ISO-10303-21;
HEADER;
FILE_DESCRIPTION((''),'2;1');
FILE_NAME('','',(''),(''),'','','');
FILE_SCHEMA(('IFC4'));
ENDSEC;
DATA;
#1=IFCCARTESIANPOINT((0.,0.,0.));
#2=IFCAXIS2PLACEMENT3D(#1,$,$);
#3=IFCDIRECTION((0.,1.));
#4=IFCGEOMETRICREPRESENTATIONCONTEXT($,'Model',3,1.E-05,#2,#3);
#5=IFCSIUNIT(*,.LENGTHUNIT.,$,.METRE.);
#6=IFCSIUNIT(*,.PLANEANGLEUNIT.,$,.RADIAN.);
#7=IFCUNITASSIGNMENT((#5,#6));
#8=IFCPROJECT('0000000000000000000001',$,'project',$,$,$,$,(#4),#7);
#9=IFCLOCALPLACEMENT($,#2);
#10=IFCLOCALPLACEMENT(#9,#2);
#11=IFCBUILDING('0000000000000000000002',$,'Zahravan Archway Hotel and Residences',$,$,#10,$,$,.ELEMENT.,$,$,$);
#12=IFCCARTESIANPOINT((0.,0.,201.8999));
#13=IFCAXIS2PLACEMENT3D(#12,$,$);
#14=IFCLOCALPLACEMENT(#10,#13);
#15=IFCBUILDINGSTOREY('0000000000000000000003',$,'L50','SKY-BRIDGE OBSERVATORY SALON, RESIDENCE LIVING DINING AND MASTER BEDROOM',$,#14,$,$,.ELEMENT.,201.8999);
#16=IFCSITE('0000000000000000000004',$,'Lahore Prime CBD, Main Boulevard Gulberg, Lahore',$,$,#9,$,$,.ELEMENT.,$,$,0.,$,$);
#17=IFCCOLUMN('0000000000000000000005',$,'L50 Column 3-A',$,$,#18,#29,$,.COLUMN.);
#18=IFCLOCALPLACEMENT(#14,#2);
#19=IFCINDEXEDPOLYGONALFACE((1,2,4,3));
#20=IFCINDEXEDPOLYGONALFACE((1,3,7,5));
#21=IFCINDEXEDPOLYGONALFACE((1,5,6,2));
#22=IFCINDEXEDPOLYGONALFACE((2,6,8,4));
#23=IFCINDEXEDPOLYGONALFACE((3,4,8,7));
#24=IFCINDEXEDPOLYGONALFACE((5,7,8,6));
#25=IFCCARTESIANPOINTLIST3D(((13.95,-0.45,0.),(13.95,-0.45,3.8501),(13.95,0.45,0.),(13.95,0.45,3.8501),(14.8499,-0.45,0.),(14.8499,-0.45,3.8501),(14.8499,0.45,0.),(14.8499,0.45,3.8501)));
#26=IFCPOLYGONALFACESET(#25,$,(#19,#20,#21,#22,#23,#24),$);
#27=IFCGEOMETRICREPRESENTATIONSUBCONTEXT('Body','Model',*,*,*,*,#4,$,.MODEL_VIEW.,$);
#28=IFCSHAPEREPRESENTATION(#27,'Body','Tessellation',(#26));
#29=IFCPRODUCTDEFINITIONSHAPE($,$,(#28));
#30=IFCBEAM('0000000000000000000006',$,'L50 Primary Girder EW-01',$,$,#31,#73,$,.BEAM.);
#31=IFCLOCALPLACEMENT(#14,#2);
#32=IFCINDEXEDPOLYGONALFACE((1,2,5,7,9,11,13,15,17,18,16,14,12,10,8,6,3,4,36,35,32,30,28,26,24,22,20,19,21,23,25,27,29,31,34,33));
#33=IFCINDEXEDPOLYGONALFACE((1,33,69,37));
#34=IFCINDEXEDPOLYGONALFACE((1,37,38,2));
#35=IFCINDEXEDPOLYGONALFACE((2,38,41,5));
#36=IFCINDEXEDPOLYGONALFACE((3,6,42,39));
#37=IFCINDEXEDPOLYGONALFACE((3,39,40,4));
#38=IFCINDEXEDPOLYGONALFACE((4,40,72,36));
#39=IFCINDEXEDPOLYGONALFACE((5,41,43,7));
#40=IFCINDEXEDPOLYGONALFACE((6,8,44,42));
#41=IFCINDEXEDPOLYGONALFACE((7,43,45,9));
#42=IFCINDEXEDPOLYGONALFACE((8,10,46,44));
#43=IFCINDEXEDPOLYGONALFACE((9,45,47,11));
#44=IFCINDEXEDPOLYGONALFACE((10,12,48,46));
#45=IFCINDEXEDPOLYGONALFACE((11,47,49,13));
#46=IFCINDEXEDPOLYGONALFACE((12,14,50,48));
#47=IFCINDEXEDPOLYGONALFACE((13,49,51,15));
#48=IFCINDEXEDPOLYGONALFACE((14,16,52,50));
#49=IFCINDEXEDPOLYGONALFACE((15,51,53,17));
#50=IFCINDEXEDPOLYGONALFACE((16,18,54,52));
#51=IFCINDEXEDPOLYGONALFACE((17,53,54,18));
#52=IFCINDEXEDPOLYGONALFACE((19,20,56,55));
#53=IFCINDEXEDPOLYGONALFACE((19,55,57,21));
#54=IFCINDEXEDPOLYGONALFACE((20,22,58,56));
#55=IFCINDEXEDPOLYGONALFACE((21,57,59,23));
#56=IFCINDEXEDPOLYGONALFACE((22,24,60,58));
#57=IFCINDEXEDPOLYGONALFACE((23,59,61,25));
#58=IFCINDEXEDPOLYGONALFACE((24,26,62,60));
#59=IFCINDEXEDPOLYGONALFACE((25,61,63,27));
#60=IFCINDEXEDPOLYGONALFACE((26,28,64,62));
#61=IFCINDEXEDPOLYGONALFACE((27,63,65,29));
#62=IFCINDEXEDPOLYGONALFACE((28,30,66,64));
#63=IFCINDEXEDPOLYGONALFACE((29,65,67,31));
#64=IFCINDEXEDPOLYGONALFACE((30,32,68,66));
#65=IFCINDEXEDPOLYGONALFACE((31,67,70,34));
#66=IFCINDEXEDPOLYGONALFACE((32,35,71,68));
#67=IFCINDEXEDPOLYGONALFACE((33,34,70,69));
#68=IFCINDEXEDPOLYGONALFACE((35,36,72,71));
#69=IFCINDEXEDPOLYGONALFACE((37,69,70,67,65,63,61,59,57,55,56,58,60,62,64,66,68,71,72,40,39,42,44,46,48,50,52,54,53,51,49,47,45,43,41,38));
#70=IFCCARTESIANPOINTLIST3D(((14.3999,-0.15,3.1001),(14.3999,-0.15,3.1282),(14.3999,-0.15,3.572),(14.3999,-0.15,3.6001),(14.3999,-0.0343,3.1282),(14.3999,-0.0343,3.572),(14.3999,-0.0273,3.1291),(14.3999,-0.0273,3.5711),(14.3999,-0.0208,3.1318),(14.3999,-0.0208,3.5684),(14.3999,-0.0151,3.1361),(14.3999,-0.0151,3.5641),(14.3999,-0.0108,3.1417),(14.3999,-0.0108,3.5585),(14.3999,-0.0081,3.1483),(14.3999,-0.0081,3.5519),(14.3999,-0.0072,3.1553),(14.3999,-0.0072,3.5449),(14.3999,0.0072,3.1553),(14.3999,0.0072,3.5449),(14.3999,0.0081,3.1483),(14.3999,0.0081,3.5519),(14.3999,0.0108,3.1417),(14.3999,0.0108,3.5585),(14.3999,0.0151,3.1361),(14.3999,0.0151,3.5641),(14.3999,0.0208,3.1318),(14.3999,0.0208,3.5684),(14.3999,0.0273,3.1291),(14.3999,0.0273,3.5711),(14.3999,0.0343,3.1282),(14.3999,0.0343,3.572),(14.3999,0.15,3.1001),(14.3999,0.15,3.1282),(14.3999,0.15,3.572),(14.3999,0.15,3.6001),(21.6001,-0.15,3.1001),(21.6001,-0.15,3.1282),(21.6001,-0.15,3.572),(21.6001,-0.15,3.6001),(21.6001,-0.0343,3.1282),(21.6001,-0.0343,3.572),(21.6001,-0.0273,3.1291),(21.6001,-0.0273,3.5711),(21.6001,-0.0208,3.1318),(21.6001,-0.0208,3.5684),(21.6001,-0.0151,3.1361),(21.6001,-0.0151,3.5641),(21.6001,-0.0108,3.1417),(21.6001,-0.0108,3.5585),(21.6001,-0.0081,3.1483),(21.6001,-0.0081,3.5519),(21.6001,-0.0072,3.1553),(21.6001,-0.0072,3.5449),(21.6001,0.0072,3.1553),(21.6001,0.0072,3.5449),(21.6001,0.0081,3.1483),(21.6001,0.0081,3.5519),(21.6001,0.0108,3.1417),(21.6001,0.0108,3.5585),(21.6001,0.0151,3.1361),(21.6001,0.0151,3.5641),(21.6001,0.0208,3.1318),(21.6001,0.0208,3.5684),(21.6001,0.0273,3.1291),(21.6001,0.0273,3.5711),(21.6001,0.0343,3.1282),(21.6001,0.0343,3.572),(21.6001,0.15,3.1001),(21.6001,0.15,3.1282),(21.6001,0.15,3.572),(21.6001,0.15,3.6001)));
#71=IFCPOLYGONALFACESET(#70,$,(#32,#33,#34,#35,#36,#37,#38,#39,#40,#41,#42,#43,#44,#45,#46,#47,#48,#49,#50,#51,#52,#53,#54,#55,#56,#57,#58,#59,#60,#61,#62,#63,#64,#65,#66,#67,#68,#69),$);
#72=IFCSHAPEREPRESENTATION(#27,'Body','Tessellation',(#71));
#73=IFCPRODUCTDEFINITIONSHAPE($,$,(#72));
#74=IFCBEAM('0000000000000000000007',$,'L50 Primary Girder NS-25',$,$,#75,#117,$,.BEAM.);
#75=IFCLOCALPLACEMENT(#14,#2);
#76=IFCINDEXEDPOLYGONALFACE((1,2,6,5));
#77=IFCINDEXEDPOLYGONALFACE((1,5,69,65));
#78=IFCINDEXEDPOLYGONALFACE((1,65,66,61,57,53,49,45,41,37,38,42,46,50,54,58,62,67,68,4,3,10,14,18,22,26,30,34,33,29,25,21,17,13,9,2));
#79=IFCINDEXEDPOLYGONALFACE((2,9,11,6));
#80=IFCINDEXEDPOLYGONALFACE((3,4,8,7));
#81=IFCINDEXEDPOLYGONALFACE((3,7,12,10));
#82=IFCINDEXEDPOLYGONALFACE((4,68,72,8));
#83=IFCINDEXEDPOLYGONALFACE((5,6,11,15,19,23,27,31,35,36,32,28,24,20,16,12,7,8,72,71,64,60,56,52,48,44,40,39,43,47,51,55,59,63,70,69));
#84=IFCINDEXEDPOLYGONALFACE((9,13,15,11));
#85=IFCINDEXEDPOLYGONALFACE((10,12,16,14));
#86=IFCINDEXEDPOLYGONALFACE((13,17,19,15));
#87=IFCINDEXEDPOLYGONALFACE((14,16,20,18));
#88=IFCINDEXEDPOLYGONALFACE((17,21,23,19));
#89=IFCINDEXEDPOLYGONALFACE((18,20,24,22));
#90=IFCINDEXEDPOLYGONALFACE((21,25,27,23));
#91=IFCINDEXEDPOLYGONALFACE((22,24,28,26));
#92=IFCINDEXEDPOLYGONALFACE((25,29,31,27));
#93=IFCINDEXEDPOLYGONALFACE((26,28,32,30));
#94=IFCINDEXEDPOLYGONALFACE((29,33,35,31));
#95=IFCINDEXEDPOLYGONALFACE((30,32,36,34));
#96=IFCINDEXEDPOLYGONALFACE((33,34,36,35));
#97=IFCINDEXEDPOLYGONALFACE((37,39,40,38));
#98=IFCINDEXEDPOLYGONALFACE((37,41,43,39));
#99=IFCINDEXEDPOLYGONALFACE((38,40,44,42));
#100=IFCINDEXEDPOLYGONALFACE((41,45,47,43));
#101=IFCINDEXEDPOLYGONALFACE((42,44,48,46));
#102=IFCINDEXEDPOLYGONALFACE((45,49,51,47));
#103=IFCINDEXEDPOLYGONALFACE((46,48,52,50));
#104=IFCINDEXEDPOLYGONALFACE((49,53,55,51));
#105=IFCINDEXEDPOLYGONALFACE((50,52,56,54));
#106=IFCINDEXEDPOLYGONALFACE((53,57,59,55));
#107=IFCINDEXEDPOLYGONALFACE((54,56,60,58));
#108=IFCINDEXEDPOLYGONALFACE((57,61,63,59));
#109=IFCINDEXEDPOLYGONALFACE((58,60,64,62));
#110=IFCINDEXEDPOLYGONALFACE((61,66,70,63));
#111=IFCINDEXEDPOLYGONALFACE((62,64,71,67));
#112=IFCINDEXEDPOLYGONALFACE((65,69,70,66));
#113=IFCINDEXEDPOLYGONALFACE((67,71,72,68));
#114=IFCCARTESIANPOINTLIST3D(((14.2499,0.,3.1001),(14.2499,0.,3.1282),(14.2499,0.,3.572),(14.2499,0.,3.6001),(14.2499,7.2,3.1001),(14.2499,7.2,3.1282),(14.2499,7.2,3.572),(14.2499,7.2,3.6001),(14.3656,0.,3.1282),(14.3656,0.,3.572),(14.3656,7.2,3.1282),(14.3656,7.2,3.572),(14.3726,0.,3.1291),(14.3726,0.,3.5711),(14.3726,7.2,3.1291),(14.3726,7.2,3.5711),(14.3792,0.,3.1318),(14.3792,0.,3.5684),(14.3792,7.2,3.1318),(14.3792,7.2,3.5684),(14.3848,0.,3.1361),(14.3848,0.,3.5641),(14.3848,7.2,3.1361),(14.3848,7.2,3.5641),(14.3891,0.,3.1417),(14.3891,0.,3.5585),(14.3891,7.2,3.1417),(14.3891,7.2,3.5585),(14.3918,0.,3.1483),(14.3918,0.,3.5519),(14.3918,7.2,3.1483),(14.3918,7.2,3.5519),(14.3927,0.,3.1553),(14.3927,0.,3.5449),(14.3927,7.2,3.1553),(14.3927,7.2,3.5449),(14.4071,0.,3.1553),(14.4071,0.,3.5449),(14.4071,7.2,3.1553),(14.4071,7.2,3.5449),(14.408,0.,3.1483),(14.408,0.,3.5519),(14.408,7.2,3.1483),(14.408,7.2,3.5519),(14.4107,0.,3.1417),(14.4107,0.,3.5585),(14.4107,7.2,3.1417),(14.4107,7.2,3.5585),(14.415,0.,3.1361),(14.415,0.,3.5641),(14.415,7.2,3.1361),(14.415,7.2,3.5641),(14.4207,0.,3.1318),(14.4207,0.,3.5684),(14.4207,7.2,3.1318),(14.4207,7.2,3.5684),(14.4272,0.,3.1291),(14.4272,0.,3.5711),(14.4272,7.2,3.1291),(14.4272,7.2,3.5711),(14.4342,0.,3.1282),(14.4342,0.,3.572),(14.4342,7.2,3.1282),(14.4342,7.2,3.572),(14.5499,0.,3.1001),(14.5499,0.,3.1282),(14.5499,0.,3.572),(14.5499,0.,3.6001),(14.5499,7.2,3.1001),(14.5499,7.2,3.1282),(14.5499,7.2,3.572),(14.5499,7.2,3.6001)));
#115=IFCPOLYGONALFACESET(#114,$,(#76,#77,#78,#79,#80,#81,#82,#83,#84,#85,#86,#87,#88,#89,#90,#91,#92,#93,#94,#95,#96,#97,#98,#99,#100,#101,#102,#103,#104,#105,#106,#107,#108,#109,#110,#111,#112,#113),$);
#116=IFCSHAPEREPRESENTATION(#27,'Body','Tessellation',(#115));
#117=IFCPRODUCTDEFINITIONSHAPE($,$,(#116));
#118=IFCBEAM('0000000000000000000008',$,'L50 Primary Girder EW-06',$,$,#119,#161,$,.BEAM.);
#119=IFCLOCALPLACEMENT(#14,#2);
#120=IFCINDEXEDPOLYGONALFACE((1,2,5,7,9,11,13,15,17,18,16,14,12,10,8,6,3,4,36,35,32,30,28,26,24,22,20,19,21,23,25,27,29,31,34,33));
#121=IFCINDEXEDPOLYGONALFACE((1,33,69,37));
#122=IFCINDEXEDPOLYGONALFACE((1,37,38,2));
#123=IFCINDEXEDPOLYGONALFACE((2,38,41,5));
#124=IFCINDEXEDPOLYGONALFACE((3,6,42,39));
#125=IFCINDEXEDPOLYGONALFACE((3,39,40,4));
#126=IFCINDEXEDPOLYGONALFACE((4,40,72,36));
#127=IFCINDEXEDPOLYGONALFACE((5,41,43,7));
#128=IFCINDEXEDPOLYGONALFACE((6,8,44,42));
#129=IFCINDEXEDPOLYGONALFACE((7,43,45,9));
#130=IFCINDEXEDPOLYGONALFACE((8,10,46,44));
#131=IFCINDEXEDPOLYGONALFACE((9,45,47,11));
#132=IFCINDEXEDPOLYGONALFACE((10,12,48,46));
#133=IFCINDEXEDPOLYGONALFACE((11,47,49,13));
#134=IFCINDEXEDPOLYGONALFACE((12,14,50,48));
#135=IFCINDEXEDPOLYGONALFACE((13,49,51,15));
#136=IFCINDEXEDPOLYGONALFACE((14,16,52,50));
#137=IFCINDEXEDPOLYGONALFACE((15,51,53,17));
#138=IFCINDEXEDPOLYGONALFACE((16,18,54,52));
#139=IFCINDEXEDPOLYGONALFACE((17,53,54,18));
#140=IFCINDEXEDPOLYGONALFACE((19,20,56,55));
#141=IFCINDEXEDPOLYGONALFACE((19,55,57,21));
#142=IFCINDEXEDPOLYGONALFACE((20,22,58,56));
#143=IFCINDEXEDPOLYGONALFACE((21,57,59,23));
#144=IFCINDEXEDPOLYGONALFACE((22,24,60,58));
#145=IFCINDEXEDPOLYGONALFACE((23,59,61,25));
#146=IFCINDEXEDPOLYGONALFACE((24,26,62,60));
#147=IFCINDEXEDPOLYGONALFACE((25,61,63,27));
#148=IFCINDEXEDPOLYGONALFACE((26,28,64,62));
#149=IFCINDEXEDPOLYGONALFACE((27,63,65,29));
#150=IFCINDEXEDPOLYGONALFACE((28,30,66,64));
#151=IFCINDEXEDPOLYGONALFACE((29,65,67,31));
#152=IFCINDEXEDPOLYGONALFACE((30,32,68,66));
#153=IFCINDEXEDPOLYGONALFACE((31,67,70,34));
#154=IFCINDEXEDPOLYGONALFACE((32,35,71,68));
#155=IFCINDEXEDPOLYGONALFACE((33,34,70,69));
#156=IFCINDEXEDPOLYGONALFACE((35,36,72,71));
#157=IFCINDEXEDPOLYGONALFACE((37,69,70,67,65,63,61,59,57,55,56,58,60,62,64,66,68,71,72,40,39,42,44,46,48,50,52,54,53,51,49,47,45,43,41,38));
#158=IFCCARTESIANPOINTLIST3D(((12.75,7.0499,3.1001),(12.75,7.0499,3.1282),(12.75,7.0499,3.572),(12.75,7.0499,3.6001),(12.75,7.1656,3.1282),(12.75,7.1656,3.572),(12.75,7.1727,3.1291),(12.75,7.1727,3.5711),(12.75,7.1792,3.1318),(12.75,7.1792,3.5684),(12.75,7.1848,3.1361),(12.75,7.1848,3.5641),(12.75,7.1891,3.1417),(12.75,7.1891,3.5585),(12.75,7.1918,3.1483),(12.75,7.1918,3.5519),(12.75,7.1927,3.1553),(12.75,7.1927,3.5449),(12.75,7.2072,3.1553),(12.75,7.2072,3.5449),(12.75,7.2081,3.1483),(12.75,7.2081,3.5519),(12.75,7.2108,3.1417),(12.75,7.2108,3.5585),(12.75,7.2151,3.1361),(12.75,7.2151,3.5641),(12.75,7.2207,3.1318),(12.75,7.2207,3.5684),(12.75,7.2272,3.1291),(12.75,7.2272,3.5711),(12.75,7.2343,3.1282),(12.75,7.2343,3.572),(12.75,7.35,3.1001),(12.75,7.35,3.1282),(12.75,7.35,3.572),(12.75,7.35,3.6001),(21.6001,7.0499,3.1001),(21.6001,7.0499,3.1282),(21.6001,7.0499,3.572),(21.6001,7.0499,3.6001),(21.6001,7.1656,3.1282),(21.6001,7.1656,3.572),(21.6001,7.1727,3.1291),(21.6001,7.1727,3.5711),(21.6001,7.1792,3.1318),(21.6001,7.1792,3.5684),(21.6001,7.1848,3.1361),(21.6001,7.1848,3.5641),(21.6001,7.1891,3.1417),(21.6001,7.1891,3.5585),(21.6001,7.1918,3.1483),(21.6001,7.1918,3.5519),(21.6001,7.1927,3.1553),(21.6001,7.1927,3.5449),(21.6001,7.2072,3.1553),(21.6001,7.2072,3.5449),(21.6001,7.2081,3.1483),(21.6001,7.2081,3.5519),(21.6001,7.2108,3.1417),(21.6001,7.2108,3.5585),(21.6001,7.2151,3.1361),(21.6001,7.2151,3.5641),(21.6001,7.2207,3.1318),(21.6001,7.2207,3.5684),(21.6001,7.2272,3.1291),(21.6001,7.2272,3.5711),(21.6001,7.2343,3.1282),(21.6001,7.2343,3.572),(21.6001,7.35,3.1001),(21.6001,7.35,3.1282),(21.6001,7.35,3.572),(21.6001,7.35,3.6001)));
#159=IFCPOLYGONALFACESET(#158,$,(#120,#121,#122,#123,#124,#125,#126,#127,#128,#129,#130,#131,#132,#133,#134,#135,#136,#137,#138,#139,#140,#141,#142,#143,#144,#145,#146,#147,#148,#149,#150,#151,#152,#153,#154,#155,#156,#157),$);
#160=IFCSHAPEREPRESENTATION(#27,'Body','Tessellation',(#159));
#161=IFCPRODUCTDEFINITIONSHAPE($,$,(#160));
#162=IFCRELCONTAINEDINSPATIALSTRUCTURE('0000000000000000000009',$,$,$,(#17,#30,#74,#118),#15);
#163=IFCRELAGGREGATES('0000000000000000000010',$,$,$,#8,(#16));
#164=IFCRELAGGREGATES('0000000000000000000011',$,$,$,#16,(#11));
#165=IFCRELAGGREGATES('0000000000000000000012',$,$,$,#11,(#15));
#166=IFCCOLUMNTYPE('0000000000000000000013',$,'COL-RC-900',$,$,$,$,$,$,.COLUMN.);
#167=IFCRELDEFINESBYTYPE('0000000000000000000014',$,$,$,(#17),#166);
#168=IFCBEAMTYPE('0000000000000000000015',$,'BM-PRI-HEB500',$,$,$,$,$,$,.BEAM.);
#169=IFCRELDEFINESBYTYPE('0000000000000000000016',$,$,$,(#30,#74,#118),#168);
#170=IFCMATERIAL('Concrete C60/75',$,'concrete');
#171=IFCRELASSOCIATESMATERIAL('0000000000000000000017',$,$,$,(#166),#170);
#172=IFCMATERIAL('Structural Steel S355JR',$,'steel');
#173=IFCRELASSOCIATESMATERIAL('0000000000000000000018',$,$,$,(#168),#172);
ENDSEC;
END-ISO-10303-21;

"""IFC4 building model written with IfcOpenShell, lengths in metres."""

from ifc_helpers import new_model, si_unit, direction, frame, origin, origin_2d, place, context, subcontext, project, spatial, rectangle, i_section, extrude, source, transform, mapped, material, material_profile, profile_set, type_object, type_shapes, element, save


model = new_model("IFC4")

# Units and contexts
model_context = context("Model", 3, precision=1e-05, world=origin(), true_north=direction((0.0, 1.0)))
body_context = subcontext(model_context, "Body", "Model", "MODEL_VIEW")
ifc_project = project(units=[si_unit("LENGTHUNIT", "METRE"), si_unit("PLANEANGLEUNIT", "RADIAN")], contexts=[model_context])

# Site, building, storey
site_placement = place(None, origin())
site = spatial("IfcSite", under=ifc_project, at=site_placement, Name="Lahore Prime CBD, Main Boulevard Gulberg, Lahore", CompositionType="ELEMENT", RefElevation=0.0)
building_placement = place(site_placement, origin())
building = spatial("IfcBuilding", under=site, at=building_placement, Name="Zahravan Archway Hotel and Residences", CompositionType="ELEMENT")
storey_placement = place(building_placement, frame((0.0, 0.0, 201.8999)))
storey = spatial("IfcBuildingStorey", under=building, at=storey_placement, Name="L50", Description="SKY-BRIDGE OBSERVATORY SALON, RESIDENCE LIVING DINING AND MASTER BEDROOM", CompositionType="ELEMENT", Elevation=201.8999)

# Column
ifc_material_1 = material(Name="Concrete C60/75", Category="concrete")
ifc_material_profile_1 = material_profile(ifc_material_1, rectangle(XDim=0.8999, YDim=0.8999, at=origin_2d()), Name="RC-COL-900x900", Category="concrete")
ifc_profile_set_1 = profile_set([ifc_material_profile_1], Name="Concrete C60/75")
column_type = type_object("IfcColumnType", Name="COL-RC-900", PredefinedType="COLUMN", material=ifc_profile_set_1)
shared_shape_1 = source(origin(), body_context, "Body", "SweptSolid", [
    extrude(rectangle(XDim=0.8999, YDim=0.8999, at=origin_2d()), origin(), (0.0, 0.0, 1.0), 3.8501),
])
type_shapes(column_type, [shared_shape_1])
column_placement = place(storey_placement, frame((14.3999, 0.0, 0.0), z_axis=(0.0, 0.0, 1.0), x_axis=(1.0, 0.0, 0.0)))
element("IfcColumn", 1, at=column_placement, inside=storey, type_object=column_type, Name="L50 Column 3-A", PredefinedType="COLUMN", context=body_context, shape_type="MappedRepresentation", body=[
    mapped(shared_shape_1, transform((0.0, 0.0, 0.0), scale=1.0)),
])

# Beams
ifc_material_2 = material(Name="Structural Steel S355JR", Category="steel")
ifc_material_profile_2 = material_profile(ifc_material_2, i_section(OverallWidth=0.3, OverallDepth=0.5, WebThickness=0.0144, FlangeThickness=0.0281, FilletRadius=0.0271, at=origin_2d()), Name="HEB 500", Category="steel")
ifc_profile_set_2 = profile_set([ifc_material_profile_2], Name="Structural Steel S355JR")
beam_type = type_object("IfcBeamType", Name="BM-PRI-HEB500", PredefinedType="BEAM", material=ifc_profile_set_2)
shared_shape_2 = source(origin(), body_context, "Body", "SweptSolid", [
    extrude(i_section(OverallWidth=0.3, OverallDepth=0.5, WebThickness=0.0144, FlangeThickness=0.0281, FilletRadius=0.0271, at=origin_2d()), origin(), (0.0, 0.0, 1.0), 7.2002),
])
type_shapes(beam_type, [shared_shape_2])
beam_1_placement = place(storey_placement, frame((14.3999, 0.0, 3.3501), z_axis=(1.0, 0.0, 0.0), x_axis=(0.0, 1.0, 0.0)))
element("IfcBeam", 2, at=beam_1_placement, inside=storey, type_object=beam_type, Name="L50 Primary Girder EW-01", PredefinedType="BEAM", context=body_context, shape_type="MappedRepresentation", body=[
    mapped(shared_shape_2, transform((0.0, 0.0, 0.0), scale=1.0)),
])
shared_shape_3 = source(origin(), body_context, "Body", "SweptSolid", [
    extrude(i_section(OverallWidth=0.3, OverallDepth=0.5, WebThickness=0.0144, FlangeThickness=0.0281, FilletRadius=0.0271, at=origin_2d()), origin(), (0.0, 0.0, 1.0), 7.2),
])
beam_2_placement = place(storey_placement, frame((14.3999, 0.0, 3.3501), z_axis=(0.0, 1.0, 0.0), x_axis=(-1.0, 0.0, 0.0)))
element("IfcBeam", 3, at=beam_2_placement, inside=storey, type_object=beam_type, Name="L50 Primary Girder NS-25", PredefinedType="BEAM", context=body_context, shape_type="MappedRepresentation", body=[
    mapped(shared_shape_3, transform((0.0, 0.0, 0.0), scale=1.0)),
])
shared_shape_4 = source(origin(), body_context, "Body", "SweptSolid", [
    extrude(i_section(OverallWidth=0.3, OverallDepth=0.5, WebThickness=0.0144, FlangeThickness=0.0281, FilletRadius=0.0271, at=origin_2d()), origin(), (0.0, 0.0, 1.0), 8.8501),
])
beam_3_placement = place(storey_placement, frame((12.75, 7.2, 3.3501), z_axis=(1.0, 0.0, 0.0), x_axis=(0.0, 1.0, 0.0)))
element("IfcBeam", 4, at=beam_3_placement, inside=storey, type_object=beam_type, Name="L50 Primary Girder EW-06", PredefinedType="BEAM", context=body_context, shape_type="MappedRepresentation", body=[
    mapped(shared_shape_4, transform((0.0, 0.0, 0.0), scale=1.0)),
])

save(model, "model.ifc")
